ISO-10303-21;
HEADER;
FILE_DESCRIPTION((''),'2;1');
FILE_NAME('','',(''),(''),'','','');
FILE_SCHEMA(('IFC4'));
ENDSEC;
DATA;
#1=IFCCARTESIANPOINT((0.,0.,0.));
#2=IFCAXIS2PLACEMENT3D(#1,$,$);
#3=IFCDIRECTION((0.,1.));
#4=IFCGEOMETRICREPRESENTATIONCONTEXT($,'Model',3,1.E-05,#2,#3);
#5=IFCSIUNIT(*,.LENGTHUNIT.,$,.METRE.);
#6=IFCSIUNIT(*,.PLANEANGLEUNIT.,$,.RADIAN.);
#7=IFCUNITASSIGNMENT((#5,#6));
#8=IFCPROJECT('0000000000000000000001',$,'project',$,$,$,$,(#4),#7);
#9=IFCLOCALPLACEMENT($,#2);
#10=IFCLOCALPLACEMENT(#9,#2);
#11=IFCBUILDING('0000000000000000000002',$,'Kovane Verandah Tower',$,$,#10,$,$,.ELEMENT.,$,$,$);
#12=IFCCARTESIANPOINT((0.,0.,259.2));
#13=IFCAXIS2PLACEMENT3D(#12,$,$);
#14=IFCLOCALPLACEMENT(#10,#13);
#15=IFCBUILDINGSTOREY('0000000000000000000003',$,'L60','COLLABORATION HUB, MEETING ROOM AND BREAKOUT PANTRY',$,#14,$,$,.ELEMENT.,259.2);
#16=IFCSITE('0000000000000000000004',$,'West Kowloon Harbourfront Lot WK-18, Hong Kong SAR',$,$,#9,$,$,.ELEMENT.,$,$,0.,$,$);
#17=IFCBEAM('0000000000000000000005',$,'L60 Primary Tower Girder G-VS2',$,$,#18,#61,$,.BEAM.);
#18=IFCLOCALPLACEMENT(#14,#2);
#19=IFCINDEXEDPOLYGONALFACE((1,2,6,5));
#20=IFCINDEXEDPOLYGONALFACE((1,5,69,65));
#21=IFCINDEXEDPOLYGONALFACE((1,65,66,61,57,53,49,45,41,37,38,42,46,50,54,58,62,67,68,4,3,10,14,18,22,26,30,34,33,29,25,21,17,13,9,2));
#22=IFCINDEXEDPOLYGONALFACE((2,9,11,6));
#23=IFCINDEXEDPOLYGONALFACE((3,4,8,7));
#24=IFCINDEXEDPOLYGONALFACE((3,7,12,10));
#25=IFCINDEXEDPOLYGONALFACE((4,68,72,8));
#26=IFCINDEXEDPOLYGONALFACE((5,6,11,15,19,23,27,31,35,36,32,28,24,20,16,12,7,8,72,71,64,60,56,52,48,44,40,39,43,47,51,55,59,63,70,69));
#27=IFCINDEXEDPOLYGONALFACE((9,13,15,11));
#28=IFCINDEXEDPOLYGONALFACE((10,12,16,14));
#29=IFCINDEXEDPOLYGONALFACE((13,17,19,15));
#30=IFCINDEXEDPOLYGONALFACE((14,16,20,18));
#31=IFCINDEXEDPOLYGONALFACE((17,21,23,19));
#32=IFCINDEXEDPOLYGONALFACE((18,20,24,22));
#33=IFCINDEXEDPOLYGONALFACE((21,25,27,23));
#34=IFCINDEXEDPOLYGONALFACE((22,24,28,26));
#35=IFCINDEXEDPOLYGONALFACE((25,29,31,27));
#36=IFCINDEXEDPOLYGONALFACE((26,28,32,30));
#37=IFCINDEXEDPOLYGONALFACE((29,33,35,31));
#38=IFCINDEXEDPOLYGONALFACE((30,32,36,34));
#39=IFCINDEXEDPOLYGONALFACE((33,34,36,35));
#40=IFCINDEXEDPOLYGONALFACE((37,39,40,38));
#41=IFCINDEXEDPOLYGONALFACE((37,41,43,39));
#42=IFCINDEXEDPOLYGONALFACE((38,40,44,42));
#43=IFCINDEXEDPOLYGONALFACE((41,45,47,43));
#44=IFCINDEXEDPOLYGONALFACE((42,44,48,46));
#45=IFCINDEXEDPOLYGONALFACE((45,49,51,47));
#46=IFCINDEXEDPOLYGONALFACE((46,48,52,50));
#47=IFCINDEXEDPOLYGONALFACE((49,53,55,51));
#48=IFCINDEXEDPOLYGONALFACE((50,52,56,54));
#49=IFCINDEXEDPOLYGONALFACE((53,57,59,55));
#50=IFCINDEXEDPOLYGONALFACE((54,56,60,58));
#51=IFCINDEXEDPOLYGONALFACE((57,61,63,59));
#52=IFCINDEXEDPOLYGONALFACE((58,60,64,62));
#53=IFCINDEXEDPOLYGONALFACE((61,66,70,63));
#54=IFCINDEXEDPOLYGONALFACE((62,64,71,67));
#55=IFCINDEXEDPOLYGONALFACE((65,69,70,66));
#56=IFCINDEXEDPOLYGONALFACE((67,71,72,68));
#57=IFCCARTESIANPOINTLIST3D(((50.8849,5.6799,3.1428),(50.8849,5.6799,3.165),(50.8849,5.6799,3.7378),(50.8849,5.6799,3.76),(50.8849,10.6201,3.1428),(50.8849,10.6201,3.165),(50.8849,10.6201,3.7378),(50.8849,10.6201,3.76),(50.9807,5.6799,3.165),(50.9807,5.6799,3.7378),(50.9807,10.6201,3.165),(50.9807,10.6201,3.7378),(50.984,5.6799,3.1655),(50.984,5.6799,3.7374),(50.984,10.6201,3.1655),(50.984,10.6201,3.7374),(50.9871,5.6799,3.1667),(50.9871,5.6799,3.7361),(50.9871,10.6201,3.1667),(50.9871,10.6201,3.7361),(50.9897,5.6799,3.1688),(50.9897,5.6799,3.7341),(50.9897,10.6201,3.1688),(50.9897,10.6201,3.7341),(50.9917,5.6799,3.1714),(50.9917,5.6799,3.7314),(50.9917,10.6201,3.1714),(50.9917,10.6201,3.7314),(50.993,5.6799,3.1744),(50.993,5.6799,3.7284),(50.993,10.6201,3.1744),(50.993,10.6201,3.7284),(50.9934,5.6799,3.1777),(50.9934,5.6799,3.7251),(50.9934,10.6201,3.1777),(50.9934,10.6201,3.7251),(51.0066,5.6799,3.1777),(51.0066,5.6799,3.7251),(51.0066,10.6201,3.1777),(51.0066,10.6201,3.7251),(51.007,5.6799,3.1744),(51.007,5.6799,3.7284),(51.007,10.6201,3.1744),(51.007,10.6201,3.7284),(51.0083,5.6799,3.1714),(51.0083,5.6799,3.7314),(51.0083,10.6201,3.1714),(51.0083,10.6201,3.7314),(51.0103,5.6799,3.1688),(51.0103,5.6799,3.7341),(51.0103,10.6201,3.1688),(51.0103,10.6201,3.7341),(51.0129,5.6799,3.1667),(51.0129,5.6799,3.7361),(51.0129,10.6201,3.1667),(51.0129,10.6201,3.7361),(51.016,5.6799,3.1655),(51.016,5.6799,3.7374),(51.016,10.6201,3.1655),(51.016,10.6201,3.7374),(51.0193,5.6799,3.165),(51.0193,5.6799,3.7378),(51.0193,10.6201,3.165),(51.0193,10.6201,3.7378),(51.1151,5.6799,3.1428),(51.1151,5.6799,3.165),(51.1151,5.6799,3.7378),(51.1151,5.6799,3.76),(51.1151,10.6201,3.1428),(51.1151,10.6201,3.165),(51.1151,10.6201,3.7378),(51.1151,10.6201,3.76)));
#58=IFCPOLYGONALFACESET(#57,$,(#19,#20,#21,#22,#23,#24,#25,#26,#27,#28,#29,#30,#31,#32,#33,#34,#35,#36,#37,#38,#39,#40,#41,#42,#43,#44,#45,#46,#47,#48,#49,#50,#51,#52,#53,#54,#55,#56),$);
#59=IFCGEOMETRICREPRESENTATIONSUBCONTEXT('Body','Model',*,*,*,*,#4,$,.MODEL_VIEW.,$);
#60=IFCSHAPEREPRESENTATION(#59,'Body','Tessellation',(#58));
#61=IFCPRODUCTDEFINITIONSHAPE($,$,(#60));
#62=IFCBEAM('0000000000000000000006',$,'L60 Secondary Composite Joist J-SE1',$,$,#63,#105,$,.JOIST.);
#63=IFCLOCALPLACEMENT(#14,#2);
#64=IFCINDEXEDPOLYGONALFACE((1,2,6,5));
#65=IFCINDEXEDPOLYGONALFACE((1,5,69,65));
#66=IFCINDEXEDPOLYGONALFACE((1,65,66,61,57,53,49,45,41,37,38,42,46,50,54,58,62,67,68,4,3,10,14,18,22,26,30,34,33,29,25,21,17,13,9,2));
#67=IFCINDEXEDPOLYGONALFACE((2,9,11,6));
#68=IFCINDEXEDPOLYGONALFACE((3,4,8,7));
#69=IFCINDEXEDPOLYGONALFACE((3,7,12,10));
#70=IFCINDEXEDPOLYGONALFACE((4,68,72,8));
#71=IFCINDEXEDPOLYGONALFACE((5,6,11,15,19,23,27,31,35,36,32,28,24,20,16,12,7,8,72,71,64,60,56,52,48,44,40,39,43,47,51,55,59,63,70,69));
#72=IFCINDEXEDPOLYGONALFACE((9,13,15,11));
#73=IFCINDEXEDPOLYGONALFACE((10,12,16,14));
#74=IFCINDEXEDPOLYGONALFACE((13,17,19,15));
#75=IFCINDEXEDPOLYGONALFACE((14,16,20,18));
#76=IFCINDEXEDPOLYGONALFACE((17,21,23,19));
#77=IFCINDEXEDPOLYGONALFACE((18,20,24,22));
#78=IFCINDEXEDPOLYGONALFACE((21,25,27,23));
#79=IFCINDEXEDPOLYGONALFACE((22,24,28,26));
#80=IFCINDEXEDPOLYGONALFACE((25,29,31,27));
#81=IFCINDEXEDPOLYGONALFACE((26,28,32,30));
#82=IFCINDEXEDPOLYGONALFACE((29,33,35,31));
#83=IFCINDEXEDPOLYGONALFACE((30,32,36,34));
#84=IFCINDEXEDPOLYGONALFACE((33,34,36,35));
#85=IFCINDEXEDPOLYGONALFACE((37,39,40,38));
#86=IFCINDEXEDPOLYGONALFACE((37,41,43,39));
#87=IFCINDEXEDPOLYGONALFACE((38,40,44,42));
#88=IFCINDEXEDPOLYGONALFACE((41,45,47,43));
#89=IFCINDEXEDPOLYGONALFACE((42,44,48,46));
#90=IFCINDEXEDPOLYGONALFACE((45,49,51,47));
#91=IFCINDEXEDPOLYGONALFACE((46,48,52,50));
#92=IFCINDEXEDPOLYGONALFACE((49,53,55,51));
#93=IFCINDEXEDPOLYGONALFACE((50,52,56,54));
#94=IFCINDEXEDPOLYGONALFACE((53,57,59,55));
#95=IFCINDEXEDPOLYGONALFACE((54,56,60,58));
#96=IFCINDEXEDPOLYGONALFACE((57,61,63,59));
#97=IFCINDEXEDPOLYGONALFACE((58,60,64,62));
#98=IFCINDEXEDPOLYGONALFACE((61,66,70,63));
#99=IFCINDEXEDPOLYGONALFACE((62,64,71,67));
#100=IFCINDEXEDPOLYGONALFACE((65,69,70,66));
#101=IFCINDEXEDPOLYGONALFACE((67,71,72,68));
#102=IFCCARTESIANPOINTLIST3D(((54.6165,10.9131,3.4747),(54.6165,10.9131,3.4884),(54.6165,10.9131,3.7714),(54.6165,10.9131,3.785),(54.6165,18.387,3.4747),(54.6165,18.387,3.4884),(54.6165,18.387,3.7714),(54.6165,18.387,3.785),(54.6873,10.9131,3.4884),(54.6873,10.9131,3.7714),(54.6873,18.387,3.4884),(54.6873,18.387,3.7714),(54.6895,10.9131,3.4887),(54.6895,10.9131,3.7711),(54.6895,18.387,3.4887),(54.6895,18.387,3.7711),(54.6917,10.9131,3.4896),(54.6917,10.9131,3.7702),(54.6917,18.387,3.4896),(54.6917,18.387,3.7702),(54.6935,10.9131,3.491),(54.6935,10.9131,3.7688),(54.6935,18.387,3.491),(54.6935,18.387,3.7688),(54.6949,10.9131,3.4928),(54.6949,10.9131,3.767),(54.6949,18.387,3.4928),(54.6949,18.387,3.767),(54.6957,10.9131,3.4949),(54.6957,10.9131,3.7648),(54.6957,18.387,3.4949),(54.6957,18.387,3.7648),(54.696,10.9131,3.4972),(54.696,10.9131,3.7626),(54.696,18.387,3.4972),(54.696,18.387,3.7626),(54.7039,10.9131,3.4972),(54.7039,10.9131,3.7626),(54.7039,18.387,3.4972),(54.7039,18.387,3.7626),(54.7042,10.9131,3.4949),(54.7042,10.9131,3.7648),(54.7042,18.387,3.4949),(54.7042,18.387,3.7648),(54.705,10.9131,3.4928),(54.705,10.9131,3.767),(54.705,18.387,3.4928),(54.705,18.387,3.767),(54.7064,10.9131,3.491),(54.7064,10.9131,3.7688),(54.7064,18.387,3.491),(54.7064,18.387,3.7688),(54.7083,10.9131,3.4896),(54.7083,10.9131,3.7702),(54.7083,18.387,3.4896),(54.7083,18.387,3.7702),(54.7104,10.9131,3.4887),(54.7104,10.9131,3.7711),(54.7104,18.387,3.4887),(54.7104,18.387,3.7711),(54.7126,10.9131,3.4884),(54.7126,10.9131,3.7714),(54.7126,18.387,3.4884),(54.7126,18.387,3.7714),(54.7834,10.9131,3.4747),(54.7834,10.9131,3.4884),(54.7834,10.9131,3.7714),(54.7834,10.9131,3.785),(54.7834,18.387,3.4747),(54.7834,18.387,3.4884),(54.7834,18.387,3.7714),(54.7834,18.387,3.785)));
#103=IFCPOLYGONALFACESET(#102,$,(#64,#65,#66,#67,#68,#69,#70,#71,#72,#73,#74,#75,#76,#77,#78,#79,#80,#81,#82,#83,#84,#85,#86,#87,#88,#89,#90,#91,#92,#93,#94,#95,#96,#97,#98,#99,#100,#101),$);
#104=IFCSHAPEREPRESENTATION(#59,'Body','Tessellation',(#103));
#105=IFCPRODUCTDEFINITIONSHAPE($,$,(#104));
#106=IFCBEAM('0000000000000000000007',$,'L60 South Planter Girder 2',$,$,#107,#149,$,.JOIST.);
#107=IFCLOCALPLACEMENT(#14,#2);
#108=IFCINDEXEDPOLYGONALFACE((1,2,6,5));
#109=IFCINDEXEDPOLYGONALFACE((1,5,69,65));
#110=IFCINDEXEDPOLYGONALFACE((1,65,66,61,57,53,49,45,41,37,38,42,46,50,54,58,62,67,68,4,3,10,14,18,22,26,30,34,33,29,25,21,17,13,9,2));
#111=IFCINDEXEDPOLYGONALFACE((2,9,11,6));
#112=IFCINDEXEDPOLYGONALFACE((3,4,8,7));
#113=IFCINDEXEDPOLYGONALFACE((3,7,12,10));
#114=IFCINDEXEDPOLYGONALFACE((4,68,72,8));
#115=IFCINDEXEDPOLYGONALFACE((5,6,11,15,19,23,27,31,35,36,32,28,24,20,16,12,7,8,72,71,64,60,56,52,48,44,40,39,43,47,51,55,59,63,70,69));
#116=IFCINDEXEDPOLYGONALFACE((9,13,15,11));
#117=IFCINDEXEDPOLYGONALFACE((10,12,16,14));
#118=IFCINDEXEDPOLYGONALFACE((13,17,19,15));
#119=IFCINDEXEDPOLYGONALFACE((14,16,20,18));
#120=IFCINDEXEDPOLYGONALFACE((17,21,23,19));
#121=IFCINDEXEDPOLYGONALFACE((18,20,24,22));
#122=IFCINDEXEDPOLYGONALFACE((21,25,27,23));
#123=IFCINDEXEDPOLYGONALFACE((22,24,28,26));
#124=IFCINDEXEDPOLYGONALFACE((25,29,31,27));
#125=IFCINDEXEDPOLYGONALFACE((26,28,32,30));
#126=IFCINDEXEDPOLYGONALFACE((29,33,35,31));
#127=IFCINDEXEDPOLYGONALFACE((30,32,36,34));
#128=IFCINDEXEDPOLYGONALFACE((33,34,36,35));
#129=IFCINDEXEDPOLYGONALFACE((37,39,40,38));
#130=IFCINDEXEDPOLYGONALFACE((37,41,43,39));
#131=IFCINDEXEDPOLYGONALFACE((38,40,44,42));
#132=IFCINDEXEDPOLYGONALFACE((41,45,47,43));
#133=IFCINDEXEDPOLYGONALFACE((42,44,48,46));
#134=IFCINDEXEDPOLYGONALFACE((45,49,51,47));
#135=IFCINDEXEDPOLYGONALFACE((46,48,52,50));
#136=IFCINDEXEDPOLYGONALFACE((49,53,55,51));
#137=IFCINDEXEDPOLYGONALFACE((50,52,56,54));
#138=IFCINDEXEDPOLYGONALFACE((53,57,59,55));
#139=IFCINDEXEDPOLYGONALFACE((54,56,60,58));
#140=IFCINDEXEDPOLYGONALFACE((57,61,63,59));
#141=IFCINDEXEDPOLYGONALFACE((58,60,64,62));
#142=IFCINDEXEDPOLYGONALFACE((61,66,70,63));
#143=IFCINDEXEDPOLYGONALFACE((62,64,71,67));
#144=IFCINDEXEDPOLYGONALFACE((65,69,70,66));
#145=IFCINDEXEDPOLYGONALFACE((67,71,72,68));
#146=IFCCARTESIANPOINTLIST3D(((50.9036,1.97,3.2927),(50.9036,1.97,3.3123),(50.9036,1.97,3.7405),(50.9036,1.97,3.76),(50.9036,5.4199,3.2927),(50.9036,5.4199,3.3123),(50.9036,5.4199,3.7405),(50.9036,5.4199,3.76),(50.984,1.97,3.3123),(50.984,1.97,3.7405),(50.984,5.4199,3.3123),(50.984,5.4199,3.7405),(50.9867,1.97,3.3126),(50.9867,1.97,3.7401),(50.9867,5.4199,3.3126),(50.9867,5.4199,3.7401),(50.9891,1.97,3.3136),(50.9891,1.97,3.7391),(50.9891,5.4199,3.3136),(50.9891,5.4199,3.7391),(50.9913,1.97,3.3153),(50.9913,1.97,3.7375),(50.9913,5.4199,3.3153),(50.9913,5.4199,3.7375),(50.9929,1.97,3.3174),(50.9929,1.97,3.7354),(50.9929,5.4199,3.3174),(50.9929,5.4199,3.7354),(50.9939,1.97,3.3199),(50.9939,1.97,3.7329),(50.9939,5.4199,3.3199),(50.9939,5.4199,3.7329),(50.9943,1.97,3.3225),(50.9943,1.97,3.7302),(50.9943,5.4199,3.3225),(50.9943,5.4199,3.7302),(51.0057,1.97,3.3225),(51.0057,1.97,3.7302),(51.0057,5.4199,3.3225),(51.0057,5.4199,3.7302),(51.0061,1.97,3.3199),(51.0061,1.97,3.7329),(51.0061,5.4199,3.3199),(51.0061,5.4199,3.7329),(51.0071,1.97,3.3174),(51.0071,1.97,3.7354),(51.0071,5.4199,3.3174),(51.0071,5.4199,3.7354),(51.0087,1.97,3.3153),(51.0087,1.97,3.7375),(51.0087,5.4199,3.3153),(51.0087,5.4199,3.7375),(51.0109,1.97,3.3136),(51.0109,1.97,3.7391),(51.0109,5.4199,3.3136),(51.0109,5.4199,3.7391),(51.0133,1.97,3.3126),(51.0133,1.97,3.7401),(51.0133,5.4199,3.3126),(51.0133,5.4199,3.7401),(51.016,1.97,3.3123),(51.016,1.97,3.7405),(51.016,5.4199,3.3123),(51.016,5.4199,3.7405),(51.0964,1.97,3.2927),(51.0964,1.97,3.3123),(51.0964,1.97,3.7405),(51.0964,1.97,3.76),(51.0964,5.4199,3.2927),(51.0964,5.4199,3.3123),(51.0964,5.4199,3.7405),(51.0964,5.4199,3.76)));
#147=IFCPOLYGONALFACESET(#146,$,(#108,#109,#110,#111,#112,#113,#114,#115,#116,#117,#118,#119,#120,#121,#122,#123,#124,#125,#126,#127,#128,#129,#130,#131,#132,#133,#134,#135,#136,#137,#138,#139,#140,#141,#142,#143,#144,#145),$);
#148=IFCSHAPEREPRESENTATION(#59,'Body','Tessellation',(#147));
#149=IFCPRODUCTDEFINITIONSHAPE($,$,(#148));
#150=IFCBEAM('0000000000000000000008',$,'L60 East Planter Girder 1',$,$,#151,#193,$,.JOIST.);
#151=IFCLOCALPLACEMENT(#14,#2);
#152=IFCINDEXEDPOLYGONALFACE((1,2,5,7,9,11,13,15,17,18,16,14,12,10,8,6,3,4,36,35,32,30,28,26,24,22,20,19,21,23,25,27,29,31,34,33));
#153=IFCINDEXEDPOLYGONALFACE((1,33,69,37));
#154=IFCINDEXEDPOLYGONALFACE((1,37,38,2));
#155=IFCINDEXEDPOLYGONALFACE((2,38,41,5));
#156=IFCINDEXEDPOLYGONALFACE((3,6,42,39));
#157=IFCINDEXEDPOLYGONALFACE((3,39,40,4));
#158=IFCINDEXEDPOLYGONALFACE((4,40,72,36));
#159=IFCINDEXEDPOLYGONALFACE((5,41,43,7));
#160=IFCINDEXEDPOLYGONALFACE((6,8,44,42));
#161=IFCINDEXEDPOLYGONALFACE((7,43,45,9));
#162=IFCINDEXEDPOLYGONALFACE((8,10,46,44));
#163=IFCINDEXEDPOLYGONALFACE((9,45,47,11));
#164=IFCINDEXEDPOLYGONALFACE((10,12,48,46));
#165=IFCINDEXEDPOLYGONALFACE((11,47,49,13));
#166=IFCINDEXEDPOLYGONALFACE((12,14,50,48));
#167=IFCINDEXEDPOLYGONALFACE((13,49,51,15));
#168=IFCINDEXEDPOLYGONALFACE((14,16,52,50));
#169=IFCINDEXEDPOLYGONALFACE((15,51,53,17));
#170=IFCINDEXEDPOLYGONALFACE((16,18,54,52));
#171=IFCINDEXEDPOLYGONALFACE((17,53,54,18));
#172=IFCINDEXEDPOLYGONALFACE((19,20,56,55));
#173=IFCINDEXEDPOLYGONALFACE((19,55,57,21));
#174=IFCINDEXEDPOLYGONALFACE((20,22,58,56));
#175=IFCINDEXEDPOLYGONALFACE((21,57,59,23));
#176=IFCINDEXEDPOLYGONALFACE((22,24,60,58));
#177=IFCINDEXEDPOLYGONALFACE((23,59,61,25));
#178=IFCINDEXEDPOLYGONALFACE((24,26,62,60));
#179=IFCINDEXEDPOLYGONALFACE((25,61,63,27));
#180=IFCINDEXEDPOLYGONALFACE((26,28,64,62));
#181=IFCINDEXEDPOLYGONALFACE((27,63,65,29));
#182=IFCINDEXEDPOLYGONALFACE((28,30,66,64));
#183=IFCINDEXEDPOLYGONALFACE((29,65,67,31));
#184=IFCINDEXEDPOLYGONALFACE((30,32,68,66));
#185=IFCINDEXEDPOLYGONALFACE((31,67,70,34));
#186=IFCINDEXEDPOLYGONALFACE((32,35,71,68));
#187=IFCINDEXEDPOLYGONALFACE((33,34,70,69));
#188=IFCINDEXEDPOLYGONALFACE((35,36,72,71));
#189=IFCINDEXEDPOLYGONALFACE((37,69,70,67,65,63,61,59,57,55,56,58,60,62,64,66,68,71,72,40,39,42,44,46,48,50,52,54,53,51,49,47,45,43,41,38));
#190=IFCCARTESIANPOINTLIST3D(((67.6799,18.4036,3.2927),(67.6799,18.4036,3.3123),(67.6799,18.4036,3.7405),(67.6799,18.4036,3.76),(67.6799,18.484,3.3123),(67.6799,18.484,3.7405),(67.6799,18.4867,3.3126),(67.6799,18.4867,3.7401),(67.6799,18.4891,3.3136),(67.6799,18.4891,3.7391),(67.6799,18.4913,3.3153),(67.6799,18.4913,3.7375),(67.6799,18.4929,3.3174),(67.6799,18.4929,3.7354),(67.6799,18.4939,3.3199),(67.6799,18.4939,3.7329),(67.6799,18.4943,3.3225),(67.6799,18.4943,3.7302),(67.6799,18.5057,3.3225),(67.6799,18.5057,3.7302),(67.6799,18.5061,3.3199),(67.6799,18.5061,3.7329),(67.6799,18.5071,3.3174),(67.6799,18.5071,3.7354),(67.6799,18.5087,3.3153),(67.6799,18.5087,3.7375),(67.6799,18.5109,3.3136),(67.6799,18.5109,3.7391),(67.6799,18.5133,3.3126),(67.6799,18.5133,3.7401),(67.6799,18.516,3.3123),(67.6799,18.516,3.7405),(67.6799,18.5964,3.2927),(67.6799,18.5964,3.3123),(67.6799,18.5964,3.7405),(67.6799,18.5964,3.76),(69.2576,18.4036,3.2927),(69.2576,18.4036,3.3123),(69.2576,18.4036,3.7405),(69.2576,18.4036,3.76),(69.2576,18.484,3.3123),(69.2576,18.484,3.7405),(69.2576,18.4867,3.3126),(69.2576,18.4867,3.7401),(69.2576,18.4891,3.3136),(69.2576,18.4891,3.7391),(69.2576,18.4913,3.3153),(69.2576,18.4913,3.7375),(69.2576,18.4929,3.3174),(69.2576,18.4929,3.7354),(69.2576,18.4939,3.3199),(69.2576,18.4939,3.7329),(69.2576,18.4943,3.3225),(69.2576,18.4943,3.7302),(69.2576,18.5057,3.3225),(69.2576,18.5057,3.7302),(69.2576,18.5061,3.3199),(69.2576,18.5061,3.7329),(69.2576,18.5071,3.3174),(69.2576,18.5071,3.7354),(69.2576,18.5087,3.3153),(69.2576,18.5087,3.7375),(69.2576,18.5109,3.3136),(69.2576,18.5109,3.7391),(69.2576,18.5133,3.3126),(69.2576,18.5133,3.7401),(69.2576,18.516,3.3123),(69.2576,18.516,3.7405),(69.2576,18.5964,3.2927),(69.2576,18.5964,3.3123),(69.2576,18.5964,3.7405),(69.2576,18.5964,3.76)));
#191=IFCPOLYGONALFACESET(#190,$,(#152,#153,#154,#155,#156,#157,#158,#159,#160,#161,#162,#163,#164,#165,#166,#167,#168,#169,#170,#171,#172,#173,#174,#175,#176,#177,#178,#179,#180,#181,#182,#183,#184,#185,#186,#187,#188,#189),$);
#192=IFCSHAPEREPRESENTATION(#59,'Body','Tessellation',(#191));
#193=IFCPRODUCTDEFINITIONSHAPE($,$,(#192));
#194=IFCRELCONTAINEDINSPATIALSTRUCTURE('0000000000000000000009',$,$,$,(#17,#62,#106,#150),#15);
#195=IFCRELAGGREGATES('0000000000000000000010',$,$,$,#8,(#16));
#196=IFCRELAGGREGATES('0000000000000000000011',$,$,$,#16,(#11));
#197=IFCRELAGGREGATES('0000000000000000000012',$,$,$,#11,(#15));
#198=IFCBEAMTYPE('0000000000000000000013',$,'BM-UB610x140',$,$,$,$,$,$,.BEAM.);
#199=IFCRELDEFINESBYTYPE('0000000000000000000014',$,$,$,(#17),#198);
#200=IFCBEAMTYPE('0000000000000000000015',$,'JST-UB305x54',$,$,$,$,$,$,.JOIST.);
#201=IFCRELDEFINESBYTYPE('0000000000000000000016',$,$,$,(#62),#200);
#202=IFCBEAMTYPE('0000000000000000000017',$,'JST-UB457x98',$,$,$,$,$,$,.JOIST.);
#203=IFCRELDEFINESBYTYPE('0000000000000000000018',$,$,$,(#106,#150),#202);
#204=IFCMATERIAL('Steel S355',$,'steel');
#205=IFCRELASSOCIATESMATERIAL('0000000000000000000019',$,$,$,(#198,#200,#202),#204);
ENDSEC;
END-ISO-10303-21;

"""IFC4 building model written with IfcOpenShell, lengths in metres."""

from ifc_helpers import new_model, si_unit, direction, frame, origin, origin_2d, place, context, subcontext, project, spatial, i_section, extrude, material, material_profile, profile_set, type_object, element, save


model = new_model("IFC4")

# Units and contexts
model_context = context("Model", 3, precision=1e-05, world=origin(), true_north=direction((0.0, 1.0)))
body_context = subcontext(model_context, "Body", "Model", "MODEL_VIEW")
ifc_project = project(units=[si_unit("LENGTHUNIT", "METRE"), si_unit("PLANEANGLEUNIT", "RADIAN")], contexts=[model_context])

# Site, building, storey
site_placement = place(None, origin())
site = spatial("IfcSite", under=ifc_project, at=site_placement, Name="West Kowloon Harbourfront Lot WK-18, Hong Kong SAR", CompositionType="ELEMENT", RefElevation=0.0)
building_placement = place(site_placement, origin())
building = spatial("IfcBuilding", under=site, at=building_placement, Name="Kovane Verandah Tower", CompositionType="ELEMENT")
storey_placement = place(building_placement, frame((0.0, 0.0, 259.2)))
storey = spatial("IfcBuildingStorey", under=building, at=storey_placement, Name="L60", Description="COLLABORATION HUB, MEETING ROOM AND BREAKOUT PANTRY", CompositionType="ELEMENT", Elevation=259.2)

# Beams
ifc_material_1 = material(Name="Steel S355", Category="steel")
ifc_material_profile_1 = material_profile(ifc_material_1, i_section(OverallWidth=0.2302, OverallDepth=0.6172, WebThickness=0.0132, FlangeThickness=0.0222, FilletRadius=0.0127, at=origin_2d()), Name="UB610x229x140")
ifc_profile_set_1 = profile_set([ifc_material_profile_1], Name="Steel S355")
beam_type_1 = type_object("IfcBeamType", Name="BM-UB610x140", PredefinedType="BEAM", material=ifc_profile_set_1)
beam_1_placement = place(storey_placement, frame((51.0, 10.6201, 3.4514), z_axis=(0.0, -1.0, 0.0), x_axis=(1.0, 0.0, 0.0)))
element("IfcBeam", 1, at=beam_1_placement, inside=storey, type_object=beam_type_1, Name="L60 Primary Tower Girder G-VS2", PredefinedType="BEAM", context=body_context, shape_type="SweptSolid", body=[
    extrude(i_section(OverallWidth=0.2302, OverallDepth=0.6172, WebThickness=0.0132, FlangeThickness=0.0222, FilletRadius=0.0127, at=origin_2d()), origin(), (0.0, 0.0, 1.0), 4.9402),
])
ifc_material_profile_2 = material_profile(ifc_material_1, i_section(OverallWidth=0.167, OverallDepth=0.3103, WebThickness=0.0078, FlangeThickness=0.0137, FilletRadius=0.0088, at=origin_2d()), Name="UB305x165x54")
ifc_profile_set_2 = profile_set([ifc_material_profile_2], Name="Steel S355")
beam_type_2 = type_object("IfcBeamType", Name="JST-UB305x54", PredefinedType="JOIST", material=ifc_profile_set_2)
beam_2_placement = place(storey_placement, frame((54.7, 10.9131, 3.6299), z_axis=(0.0, 1.0, 0.0), x_axis=(-1.0, 0.0, 0.0)))
element("IfcBeam", 2, at=beam_2_placement, inside=storey, type_object=beam_type_2, Name="L60 Secondary Composite Joist J-SE1", PredefinedType="JOIST", context=body_context, shape_type="SweptSolid", body=[
    extrude(i_section(OverallWidth=0.167, OverallDepth=0.3103, WebThickness=0.0078, FlangeThickness=0.0137, FilletRadius=0.0088, at=origin_2d()), origin(), (0.0, 0.0, 1.0), 7.4739),
])
ifc_material_profile_3 = material_profile(ifc_material_1, i_section(OverallWidth=0.1929, OverallDepth=0.4673, WebThickness=0.0115, FlangeThickness=0.0195, FilletRadius=0.0103, at=origin_2d()), Name="UB457x191x98")
ifc_profile_set_3 = profile_set([ifc_material_profile_3], Name="Steel S355")
beam_type_3 = type_object("IfcBeamType", Name="JST-UB457x98", PredefinedType="JOIST", material=ifc_profile_set_3)
beam_3_placement = place(storey_placement, frame((51.0, 5.4199, 3.5264), z_axis=(0.0, -1.0, 0.0), x_axis=(1.0, 0.0, 0.0)))
element("IfcBeam", 3, at=beam_3_placement, inside=storey, type_object=beam_type_3, Name="L60 South Planter Girder 2", PredefinedType="JOIST", context=body_context, shape_type="SweptSolid", body=[
    extrude(i_section(OverallWidth=0.1929, OverallDepth=0.4673, WebThickness=0.0115, FlangeThickness=0.0195, FilletRadius=0.0103, at=origin_2d()), origin(), (0.0, 0.0, 1.0), 3.45),
])
beam_4_placement = place(storey_placement, frame((67.6799, 18.5, 3.5264), z_axis=(1.0, 0.0, 0.0), x_axis=(0.0, 1.0, 0.0)))
element("IfcBeam", 4, at=beam_4_placement, inside=storey, type_object=beam_type_3, Name="L60 East Planter Girder 1", PredefinedType="JOIST", context=body_context, shape_type="SweptSolid", body=[
    extrude(i_section(OverallWidth=0.1929, OverallDepth=0.4673, WebThickness=0.0115, FlangeThickness=0.0195, FilletRadius=0.0103, at=origin_2d()), origin(), (0.0, 0.0, 1.0), 1.5776),
])

save(model, "model.ifc")
